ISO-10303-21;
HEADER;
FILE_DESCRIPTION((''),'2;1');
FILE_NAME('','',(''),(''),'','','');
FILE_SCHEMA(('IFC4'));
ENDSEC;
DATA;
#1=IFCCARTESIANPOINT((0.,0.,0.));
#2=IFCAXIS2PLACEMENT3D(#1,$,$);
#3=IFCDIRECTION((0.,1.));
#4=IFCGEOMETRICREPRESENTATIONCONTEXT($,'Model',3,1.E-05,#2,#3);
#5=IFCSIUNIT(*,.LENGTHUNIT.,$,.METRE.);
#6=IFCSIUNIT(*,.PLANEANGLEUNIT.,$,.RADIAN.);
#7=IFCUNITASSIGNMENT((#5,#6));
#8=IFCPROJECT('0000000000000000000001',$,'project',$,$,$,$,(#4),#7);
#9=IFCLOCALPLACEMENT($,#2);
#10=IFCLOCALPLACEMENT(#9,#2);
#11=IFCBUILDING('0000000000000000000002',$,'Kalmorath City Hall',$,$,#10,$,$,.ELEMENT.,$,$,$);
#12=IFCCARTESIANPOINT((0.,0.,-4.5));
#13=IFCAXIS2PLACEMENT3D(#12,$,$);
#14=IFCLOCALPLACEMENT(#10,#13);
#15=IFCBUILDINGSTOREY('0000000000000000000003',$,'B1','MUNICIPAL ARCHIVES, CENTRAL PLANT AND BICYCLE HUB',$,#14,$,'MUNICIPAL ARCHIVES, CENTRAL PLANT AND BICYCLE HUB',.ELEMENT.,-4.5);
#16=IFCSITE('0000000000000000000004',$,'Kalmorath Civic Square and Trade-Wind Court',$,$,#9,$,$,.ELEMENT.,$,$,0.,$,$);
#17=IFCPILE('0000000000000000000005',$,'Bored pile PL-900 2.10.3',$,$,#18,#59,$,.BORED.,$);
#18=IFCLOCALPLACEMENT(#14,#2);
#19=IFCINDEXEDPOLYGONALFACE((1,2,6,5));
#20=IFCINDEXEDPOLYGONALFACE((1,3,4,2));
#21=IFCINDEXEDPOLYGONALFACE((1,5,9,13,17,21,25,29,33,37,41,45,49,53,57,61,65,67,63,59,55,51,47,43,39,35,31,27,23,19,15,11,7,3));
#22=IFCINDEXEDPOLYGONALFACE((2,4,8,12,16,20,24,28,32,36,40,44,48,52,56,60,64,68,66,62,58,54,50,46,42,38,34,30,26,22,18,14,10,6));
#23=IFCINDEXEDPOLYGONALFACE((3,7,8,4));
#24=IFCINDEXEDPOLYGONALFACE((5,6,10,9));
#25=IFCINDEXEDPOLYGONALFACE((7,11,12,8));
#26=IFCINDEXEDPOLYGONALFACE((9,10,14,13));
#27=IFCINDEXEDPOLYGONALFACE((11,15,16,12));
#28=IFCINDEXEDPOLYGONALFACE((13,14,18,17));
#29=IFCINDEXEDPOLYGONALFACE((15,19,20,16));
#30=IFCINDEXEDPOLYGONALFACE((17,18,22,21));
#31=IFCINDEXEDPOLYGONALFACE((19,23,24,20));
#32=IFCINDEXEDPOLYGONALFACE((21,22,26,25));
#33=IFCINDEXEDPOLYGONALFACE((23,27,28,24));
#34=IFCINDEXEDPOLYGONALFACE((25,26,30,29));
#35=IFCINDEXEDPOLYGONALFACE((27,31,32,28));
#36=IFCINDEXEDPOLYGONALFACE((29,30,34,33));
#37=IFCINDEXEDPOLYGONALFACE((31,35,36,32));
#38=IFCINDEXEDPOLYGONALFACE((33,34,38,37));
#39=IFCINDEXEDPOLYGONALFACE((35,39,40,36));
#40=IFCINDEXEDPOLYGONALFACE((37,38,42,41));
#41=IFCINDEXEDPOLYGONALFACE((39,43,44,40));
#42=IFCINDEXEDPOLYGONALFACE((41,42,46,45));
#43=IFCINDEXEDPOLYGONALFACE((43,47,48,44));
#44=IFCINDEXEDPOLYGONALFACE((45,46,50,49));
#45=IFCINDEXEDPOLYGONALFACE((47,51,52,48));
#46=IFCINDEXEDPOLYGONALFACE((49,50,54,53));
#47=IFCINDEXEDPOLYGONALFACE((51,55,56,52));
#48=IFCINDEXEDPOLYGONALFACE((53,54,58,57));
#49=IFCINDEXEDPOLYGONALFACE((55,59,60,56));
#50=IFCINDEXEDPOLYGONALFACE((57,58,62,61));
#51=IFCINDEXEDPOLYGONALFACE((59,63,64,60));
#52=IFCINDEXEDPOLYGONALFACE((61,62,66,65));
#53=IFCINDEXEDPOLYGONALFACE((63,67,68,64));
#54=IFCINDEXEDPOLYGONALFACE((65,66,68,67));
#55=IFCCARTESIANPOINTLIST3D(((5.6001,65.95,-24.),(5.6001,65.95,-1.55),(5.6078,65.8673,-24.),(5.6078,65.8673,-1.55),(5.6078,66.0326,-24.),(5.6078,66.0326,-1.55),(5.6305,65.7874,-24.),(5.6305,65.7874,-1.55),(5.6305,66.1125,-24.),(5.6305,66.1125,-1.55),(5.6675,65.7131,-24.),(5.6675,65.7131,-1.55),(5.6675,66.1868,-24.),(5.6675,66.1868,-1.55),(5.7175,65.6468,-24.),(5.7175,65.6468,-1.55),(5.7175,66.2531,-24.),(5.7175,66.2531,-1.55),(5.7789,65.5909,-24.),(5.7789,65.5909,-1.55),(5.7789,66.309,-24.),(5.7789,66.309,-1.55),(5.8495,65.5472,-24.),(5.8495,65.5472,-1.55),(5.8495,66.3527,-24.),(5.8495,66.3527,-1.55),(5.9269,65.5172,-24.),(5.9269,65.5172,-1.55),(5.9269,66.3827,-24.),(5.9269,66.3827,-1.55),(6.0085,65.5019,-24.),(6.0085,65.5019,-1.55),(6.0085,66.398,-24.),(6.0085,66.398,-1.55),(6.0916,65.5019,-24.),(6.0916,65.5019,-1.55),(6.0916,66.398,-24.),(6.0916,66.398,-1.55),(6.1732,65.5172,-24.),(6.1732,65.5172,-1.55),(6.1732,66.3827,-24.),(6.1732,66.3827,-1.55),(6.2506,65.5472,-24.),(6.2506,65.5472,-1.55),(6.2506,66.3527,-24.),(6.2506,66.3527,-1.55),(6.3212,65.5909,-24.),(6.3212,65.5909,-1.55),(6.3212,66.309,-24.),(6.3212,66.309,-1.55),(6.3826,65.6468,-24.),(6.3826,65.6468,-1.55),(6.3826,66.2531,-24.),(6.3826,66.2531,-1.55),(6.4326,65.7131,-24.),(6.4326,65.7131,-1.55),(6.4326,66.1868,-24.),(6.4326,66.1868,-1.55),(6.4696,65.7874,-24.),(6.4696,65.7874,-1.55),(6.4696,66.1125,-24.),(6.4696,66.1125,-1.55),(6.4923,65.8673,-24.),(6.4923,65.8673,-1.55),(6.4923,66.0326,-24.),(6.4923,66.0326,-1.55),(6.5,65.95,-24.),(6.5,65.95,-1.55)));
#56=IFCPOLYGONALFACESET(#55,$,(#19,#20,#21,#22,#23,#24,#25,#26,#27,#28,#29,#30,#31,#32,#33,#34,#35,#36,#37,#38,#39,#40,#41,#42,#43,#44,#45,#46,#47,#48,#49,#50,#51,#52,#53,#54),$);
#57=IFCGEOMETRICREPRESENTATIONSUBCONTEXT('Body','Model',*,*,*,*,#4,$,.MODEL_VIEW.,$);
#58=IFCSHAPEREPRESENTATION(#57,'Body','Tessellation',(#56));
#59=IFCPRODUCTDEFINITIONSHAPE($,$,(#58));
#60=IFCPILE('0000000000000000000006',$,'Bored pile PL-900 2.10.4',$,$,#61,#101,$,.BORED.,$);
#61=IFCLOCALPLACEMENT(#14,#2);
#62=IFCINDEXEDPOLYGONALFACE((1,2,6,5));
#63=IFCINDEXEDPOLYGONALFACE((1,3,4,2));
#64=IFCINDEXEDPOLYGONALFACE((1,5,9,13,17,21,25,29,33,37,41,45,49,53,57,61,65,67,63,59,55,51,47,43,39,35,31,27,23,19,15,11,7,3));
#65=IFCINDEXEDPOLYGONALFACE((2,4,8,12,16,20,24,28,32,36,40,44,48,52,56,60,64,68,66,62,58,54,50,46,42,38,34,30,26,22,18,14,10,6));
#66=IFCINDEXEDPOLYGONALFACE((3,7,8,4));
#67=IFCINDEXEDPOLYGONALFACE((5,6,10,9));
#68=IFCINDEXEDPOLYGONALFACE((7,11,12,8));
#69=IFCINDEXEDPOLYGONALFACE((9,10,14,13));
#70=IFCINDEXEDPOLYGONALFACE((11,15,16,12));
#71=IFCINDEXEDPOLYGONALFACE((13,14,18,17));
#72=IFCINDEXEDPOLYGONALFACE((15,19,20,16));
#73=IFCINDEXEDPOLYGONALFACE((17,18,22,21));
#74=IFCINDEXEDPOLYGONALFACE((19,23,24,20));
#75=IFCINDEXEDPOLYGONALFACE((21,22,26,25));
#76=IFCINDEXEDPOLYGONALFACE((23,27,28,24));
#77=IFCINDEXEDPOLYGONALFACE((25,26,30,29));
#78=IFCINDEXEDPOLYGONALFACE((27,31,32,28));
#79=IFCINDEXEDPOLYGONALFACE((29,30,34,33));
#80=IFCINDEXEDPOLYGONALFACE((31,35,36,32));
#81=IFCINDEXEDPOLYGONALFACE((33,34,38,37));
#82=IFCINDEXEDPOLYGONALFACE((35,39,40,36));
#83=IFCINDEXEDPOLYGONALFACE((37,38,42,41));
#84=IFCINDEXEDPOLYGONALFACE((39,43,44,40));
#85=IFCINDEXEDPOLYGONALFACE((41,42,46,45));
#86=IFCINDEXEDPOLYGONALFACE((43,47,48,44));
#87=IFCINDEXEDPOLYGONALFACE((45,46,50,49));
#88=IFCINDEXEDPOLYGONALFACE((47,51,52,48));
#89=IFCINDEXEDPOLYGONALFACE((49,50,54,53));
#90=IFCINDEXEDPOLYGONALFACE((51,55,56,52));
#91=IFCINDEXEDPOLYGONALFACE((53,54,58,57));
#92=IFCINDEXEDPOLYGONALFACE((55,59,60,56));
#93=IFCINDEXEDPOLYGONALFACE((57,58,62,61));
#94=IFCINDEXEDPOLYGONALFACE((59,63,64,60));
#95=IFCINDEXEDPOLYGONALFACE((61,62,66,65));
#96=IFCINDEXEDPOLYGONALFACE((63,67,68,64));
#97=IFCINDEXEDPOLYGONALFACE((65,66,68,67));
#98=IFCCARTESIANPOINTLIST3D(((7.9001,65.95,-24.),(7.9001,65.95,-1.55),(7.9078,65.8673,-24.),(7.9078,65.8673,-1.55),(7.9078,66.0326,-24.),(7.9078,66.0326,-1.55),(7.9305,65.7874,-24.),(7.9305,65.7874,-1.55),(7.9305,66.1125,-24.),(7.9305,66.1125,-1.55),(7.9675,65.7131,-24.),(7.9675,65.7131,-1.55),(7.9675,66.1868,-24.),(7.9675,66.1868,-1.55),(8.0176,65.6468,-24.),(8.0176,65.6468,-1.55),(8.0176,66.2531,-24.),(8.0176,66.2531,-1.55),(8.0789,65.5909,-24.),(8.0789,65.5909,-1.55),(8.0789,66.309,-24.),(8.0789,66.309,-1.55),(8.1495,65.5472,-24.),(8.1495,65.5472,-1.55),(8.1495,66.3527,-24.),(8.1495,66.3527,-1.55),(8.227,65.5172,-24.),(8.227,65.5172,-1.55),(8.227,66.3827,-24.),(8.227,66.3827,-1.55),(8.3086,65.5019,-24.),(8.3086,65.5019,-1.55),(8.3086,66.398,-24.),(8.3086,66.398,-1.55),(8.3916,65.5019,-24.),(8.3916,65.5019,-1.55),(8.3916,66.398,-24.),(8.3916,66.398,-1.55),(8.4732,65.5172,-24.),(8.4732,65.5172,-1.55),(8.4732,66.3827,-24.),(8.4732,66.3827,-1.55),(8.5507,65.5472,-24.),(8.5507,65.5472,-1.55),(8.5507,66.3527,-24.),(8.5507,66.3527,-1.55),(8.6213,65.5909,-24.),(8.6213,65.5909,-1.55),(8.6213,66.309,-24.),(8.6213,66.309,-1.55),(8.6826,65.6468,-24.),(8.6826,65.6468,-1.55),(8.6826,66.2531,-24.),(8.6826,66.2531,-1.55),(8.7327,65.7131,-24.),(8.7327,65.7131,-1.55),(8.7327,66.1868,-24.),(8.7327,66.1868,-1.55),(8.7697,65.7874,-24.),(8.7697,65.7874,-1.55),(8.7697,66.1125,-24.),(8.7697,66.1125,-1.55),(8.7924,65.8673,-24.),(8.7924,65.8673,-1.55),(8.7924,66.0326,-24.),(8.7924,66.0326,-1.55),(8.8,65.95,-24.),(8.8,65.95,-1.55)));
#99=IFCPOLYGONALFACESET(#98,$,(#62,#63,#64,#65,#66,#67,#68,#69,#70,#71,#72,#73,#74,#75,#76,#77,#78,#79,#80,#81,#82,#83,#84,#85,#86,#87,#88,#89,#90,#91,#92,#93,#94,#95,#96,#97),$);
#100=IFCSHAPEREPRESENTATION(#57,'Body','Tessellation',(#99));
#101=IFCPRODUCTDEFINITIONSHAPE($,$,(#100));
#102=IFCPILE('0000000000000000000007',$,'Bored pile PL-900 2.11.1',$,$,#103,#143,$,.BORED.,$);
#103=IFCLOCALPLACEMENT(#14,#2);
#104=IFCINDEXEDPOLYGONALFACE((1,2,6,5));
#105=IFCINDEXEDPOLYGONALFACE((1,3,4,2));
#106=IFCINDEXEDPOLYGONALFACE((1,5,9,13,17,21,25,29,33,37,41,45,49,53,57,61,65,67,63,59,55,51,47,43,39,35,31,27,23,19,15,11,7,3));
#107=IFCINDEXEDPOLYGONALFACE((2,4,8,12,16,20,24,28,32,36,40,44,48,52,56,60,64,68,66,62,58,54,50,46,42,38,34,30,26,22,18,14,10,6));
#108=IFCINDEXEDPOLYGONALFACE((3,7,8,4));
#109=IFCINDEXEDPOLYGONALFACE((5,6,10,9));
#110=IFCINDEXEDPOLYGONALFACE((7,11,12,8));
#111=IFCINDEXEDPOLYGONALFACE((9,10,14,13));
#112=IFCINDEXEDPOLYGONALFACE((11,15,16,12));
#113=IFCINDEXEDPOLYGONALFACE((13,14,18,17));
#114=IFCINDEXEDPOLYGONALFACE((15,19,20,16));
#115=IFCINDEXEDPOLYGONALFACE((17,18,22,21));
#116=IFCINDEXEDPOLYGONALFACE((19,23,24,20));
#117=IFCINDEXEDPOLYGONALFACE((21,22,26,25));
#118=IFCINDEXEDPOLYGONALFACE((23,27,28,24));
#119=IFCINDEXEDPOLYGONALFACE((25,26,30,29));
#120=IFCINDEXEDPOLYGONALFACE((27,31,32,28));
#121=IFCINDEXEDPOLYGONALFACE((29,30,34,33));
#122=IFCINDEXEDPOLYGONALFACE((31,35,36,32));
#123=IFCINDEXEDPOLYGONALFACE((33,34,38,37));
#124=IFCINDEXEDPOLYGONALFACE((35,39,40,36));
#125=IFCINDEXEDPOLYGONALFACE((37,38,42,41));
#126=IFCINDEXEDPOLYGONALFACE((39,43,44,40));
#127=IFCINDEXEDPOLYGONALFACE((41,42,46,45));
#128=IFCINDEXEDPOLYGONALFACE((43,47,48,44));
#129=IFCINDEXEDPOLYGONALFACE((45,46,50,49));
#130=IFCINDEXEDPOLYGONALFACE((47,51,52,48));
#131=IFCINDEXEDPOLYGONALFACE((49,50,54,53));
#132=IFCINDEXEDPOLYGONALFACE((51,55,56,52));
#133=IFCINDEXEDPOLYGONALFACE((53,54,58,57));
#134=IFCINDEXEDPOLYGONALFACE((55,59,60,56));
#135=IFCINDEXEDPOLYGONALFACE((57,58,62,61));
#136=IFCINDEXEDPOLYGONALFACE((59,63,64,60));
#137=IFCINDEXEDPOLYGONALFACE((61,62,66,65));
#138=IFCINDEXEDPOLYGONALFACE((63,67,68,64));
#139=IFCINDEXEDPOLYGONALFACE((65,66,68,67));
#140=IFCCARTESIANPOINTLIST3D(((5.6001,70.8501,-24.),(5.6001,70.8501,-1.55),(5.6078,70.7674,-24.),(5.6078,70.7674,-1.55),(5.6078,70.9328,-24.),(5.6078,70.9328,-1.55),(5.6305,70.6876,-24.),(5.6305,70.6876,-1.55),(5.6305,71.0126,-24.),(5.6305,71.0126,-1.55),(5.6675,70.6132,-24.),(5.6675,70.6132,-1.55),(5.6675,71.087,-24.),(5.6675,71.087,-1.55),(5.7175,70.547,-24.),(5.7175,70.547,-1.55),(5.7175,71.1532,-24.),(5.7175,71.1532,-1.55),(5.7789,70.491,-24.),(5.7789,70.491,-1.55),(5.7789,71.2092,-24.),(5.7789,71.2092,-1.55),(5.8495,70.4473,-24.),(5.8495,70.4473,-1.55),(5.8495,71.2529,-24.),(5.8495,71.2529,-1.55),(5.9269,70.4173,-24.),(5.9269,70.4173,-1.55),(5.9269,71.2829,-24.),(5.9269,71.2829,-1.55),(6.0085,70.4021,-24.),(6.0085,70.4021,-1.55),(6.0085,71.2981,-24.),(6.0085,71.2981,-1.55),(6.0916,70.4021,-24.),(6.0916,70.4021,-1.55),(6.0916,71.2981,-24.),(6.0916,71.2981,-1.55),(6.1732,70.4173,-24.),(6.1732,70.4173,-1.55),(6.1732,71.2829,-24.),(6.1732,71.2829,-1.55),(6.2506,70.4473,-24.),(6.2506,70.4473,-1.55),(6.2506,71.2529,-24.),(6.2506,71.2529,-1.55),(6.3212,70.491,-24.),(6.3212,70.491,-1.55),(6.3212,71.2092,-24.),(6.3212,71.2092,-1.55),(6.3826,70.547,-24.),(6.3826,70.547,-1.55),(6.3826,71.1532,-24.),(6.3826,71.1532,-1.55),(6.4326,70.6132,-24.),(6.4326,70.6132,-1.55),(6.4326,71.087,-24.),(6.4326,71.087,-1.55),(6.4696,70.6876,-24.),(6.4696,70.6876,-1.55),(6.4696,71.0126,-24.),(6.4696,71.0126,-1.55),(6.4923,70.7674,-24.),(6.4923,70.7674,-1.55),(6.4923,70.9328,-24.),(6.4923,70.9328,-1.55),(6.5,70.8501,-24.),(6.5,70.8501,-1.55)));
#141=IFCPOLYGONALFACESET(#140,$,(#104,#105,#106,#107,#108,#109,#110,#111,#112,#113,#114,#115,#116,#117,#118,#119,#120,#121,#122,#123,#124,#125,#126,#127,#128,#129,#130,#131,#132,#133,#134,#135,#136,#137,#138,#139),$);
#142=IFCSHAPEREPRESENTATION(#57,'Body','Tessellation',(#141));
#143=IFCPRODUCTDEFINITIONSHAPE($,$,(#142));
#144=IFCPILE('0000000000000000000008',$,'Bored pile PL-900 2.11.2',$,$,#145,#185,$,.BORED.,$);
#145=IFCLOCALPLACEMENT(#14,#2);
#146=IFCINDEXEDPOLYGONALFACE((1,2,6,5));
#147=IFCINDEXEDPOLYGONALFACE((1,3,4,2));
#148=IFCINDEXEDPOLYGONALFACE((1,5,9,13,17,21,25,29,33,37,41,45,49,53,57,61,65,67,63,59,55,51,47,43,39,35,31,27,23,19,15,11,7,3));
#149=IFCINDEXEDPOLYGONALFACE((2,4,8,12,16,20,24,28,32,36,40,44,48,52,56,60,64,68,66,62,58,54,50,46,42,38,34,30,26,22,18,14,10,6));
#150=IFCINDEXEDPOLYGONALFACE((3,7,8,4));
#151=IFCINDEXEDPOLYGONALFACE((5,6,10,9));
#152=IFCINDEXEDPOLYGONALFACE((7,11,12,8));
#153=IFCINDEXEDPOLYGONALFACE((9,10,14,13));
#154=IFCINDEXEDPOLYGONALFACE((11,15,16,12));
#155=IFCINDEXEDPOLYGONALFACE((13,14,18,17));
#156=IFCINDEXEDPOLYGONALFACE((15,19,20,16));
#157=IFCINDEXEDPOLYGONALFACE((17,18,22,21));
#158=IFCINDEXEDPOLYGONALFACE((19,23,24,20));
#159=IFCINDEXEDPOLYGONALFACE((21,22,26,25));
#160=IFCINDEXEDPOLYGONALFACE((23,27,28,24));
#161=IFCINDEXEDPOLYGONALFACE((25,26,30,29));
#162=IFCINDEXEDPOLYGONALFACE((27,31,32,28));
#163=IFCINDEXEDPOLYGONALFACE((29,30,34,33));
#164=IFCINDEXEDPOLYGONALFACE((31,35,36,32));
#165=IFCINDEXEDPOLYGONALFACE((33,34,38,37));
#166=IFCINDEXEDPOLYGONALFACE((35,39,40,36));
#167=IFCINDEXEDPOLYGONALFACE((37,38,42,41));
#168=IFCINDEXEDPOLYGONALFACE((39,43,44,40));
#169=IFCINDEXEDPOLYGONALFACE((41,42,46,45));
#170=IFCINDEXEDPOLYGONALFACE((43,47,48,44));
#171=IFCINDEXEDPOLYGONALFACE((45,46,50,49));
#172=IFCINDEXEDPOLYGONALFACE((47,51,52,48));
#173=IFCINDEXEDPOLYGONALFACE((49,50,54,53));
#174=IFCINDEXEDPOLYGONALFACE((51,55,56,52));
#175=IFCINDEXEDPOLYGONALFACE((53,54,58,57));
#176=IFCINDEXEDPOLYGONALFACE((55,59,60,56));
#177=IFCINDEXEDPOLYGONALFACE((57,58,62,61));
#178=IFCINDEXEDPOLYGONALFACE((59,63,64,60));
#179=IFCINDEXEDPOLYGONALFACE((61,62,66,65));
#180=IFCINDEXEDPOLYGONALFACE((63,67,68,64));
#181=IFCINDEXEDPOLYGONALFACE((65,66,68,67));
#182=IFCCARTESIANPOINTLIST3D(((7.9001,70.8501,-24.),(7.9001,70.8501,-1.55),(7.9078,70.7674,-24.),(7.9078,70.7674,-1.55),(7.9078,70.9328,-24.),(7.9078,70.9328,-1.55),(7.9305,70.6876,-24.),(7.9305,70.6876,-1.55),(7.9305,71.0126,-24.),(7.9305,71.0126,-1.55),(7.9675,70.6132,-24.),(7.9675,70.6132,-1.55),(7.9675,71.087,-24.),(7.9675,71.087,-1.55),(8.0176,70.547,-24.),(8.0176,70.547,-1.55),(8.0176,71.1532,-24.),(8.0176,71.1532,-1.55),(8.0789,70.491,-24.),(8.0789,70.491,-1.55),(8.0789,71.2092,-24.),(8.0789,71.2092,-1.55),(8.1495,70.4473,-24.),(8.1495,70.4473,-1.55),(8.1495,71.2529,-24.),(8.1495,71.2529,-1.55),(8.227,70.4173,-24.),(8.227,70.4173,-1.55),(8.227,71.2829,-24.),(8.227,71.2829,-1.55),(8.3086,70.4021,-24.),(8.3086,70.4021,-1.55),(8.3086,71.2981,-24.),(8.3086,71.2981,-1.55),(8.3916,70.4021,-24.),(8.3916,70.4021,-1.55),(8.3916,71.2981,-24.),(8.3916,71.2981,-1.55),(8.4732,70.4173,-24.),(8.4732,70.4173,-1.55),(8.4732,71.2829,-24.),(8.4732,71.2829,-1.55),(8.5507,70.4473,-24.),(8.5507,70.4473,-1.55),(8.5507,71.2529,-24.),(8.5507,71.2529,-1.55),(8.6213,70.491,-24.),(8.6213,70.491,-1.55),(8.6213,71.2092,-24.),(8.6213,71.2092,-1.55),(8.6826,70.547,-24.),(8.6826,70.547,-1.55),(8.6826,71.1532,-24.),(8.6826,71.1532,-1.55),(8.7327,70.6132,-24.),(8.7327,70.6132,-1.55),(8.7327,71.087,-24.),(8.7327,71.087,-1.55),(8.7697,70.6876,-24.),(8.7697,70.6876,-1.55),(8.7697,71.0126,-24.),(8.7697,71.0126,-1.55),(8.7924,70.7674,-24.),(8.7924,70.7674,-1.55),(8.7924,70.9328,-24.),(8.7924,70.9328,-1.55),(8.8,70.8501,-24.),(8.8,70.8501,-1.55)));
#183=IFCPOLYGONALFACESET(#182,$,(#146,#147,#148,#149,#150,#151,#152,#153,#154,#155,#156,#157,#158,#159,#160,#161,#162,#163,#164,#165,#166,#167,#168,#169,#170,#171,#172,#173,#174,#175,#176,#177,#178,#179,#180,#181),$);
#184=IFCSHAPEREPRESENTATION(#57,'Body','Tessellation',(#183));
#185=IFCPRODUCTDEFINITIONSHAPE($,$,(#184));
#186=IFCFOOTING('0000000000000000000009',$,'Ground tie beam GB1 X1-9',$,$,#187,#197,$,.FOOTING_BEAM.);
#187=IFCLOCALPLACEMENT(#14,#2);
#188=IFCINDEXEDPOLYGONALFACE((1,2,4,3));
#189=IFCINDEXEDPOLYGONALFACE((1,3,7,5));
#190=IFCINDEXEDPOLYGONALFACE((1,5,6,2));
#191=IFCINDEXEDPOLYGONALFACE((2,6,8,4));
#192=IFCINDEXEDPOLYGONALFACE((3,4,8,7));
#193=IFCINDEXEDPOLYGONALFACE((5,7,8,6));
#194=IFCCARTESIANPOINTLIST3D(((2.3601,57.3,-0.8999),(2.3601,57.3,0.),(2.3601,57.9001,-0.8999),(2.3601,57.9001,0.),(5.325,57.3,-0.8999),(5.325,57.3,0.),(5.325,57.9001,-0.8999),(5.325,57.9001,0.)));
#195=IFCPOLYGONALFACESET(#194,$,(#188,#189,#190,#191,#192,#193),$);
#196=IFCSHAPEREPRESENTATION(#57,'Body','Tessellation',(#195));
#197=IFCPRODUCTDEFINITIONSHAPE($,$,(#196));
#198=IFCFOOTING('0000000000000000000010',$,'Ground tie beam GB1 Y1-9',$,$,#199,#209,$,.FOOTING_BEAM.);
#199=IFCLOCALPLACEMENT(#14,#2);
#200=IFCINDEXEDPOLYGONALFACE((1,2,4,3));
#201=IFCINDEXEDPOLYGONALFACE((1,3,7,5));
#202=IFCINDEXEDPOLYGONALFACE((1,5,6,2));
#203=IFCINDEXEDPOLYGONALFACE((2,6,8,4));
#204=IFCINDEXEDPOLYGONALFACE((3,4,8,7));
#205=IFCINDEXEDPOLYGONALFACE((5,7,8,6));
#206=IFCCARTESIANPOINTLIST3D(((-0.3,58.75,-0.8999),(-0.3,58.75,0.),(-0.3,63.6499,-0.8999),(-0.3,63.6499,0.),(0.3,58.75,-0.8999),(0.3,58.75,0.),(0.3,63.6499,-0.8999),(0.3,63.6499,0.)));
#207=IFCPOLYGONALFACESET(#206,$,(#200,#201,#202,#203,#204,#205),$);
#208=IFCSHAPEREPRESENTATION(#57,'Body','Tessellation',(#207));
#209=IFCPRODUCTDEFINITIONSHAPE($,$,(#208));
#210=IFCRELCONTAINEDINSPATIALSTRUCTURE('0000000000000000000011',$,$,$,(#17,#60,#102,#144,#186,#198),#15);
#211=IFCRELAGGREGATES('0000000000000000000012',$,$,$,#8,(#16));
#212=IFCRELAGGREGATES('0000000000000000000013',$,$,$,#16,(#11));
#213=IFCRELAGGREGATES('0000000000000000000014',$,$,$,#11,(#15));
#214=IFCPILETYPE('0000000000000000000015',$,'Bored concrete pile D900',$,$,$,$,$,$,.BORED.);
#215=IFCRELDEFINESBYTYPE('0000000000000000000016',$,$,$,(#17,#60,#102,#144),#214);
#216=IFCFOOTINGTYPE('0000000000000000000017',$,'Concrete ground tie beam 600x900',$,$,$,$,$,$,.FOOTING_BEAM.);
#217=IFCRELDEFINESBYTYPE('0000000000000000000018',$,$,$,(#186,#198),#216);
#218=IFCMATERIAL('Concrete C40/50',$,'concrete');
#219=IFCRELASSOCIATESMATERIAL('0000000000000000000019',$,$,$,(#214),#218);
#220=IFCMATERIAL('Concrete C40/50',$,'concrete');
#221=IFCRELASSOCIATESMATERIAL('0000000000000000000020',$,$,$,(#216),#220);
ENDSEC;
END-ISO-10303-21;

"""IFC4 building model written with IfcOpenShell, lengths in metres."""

from ifc_helpers import new_model, si_unit, direction, frame, origin, origin_2d, place, context, subcontext, project, spatial, rectangle, circle, extrude, material, material_profile, profile_set, type_object, element, save


model = new_model("IFC4")

# Units and contexts
model_context = context("Model", 3, precision=1e-05, world=origin(), true_north=direction((0.0, 1.0)))
body_context = subcontext(model_context, "Body", "Model", "MODEL_VIEW")
ifc_project = project(units=[si_unit("LENGTHUNIT", "METRE"), si_unit("PLANEANGLEUNIT", "RADIAN")], contexts=[model_context])

# Site, building, storey
site_placement = place(None, origin())
site = spatial("IfcSite", under=ifc_project, at=site_placement, Name="Kalmorath Civic Square and Trade-Wind Court", CompositionType="ELEMENT", RefElevation=0.0)
building_placement = place(site_placement, origin())
building = spatial("IfcBuilding", under=site, at=building_placement, Name="Kalmorath City Hall", CompositionType="ELEMENT")
storey_placement = place(building_placement, frame((0.0, 0.0, -4.5)))
storey = spatial("IfcBuildingStorey", under=building, at=storey_placement, Name="B1", Description="MUNICIPAL ARCHIVES, CENTRAL PLANT AND BICYCLE HUB", LongName="MUNICIPAL ARCHIVES, CENTRAL PLANT AND BICYCLE HUB", CompositionType="ELEMENT", Elevation=-4.5)

# Piles
ifc_material_1 = material(Name="Concrete C40/50", Category="concrete")
ifc_material_profile_1 = material_profile(ifc_material_1, circle(Radius=0.45, at=origin_2d()), Name="PILE-D900")
ifc_profile_set_1 = profile_set([ifc_material_profile_1], Name="Concrete C40/50")
pile_type_1 = type_object("IfcPileType", Name="Bored concrete pile D900", PredefinedType="BORED", material=ifc_profile_set_1)
for number, where, z_axis, x_axis, name in (
    (1, (6.05, 65.95, -1.55), (0.0, 0.0, -1.0), (1.0, 0.0, 0.0), "Bored pile PL-900 2.10.3"),
    (2, (8.3501, 65.95, -1.55), (0.0, 0.0, -1.0), (1.0, 0.0, 0.0), "Bored pile PL-900 2.10.4"),
    (3, (6.05, 70.8501, -1.55), (0.0, 0.0, -1.0), (1.0, 0.0, 0.0), "Bored pile PL-900 2.11.1"),
    (4, (8.3501, 70.8501, -1.55), (0.0, 0.0, -1.0), (1.0, 0.0, 0.0), "Bored pile PL-900 2.11.2"),
):
    element("IfcPile", number, at=place(storey_placement, frame(where, z_axis=z_axis, x_axis=x_axis)), inside=storey, type_object=pile_type_1, Name=name, PredefinedType="BORED", context=body_context, shape_type="SweptSolid", body=[
        extrude(circle(Radius=0.45, at=origin_2d()), origin(), (0.0, 0.0, 1.0), 22.45),
    ])

# Footings
ifc_material_2 = material(Name="Concrete C40/50", Category="concrete")
ifc_material_profile_2 = material_profile(ifc_material_2, rectangle(XDim=0.6001, YDim=0.8999, at=origin_2d()), Name="RC-BM-600X900")
ifc_profile_set_2 = profile_set([ifc_material_profile_2], Name="Concrete C40/50")
footing_type_1 = type_object("IfcFootingType", Name="Concrete ground tie beam 600x900", PredefinedType="FOOTING_BEAM", material=ifc_profile_set_2)
footing_1_placement = place(storey_placement, frame((2.3601, 57.6001, -0.45), z_axis=(1.0, 0.0, 0.0), x_axis=(0.0, 1.0, 0.0)))
element("IfcFooting", 5, at=footing_1_placement, inside=storey, type_object=footing_type_1, Name="Ground tie beam GB1 X1-9", PredefinedType="FOOTING_BEAM", context=body_context, shape_type="SweptSolid", body=[
    extrude(rectangle(XDim=0.6001, YDim=0.8999, at=origin_2d()), origin(), (0.0, 0.0, 1.0), 2.9648),
])
footing_2_placement = place(storey_placement, frame((0.0, 58.75, -0.45), z_axis=(0.0, 1.0, 0.0), x_axis=(-1.0, 0.0, 0.0)))
element("IfcFooting", 6, at=footing_2_placement, inside=storey, type_object=footing_type_1, Name="Ground tie beam GB1 Y1-9", PredefinedType="FOOTING_BEAM", context=body_context, shape_type="SweptSolid", body=[
    extrude(rectangle(XDim=0.6001, YDim=0.8999, at=origin_2d()), origin(), (0.0, 0.0, 1.0), 4.8999),
])

save(model, "model.ifc")
